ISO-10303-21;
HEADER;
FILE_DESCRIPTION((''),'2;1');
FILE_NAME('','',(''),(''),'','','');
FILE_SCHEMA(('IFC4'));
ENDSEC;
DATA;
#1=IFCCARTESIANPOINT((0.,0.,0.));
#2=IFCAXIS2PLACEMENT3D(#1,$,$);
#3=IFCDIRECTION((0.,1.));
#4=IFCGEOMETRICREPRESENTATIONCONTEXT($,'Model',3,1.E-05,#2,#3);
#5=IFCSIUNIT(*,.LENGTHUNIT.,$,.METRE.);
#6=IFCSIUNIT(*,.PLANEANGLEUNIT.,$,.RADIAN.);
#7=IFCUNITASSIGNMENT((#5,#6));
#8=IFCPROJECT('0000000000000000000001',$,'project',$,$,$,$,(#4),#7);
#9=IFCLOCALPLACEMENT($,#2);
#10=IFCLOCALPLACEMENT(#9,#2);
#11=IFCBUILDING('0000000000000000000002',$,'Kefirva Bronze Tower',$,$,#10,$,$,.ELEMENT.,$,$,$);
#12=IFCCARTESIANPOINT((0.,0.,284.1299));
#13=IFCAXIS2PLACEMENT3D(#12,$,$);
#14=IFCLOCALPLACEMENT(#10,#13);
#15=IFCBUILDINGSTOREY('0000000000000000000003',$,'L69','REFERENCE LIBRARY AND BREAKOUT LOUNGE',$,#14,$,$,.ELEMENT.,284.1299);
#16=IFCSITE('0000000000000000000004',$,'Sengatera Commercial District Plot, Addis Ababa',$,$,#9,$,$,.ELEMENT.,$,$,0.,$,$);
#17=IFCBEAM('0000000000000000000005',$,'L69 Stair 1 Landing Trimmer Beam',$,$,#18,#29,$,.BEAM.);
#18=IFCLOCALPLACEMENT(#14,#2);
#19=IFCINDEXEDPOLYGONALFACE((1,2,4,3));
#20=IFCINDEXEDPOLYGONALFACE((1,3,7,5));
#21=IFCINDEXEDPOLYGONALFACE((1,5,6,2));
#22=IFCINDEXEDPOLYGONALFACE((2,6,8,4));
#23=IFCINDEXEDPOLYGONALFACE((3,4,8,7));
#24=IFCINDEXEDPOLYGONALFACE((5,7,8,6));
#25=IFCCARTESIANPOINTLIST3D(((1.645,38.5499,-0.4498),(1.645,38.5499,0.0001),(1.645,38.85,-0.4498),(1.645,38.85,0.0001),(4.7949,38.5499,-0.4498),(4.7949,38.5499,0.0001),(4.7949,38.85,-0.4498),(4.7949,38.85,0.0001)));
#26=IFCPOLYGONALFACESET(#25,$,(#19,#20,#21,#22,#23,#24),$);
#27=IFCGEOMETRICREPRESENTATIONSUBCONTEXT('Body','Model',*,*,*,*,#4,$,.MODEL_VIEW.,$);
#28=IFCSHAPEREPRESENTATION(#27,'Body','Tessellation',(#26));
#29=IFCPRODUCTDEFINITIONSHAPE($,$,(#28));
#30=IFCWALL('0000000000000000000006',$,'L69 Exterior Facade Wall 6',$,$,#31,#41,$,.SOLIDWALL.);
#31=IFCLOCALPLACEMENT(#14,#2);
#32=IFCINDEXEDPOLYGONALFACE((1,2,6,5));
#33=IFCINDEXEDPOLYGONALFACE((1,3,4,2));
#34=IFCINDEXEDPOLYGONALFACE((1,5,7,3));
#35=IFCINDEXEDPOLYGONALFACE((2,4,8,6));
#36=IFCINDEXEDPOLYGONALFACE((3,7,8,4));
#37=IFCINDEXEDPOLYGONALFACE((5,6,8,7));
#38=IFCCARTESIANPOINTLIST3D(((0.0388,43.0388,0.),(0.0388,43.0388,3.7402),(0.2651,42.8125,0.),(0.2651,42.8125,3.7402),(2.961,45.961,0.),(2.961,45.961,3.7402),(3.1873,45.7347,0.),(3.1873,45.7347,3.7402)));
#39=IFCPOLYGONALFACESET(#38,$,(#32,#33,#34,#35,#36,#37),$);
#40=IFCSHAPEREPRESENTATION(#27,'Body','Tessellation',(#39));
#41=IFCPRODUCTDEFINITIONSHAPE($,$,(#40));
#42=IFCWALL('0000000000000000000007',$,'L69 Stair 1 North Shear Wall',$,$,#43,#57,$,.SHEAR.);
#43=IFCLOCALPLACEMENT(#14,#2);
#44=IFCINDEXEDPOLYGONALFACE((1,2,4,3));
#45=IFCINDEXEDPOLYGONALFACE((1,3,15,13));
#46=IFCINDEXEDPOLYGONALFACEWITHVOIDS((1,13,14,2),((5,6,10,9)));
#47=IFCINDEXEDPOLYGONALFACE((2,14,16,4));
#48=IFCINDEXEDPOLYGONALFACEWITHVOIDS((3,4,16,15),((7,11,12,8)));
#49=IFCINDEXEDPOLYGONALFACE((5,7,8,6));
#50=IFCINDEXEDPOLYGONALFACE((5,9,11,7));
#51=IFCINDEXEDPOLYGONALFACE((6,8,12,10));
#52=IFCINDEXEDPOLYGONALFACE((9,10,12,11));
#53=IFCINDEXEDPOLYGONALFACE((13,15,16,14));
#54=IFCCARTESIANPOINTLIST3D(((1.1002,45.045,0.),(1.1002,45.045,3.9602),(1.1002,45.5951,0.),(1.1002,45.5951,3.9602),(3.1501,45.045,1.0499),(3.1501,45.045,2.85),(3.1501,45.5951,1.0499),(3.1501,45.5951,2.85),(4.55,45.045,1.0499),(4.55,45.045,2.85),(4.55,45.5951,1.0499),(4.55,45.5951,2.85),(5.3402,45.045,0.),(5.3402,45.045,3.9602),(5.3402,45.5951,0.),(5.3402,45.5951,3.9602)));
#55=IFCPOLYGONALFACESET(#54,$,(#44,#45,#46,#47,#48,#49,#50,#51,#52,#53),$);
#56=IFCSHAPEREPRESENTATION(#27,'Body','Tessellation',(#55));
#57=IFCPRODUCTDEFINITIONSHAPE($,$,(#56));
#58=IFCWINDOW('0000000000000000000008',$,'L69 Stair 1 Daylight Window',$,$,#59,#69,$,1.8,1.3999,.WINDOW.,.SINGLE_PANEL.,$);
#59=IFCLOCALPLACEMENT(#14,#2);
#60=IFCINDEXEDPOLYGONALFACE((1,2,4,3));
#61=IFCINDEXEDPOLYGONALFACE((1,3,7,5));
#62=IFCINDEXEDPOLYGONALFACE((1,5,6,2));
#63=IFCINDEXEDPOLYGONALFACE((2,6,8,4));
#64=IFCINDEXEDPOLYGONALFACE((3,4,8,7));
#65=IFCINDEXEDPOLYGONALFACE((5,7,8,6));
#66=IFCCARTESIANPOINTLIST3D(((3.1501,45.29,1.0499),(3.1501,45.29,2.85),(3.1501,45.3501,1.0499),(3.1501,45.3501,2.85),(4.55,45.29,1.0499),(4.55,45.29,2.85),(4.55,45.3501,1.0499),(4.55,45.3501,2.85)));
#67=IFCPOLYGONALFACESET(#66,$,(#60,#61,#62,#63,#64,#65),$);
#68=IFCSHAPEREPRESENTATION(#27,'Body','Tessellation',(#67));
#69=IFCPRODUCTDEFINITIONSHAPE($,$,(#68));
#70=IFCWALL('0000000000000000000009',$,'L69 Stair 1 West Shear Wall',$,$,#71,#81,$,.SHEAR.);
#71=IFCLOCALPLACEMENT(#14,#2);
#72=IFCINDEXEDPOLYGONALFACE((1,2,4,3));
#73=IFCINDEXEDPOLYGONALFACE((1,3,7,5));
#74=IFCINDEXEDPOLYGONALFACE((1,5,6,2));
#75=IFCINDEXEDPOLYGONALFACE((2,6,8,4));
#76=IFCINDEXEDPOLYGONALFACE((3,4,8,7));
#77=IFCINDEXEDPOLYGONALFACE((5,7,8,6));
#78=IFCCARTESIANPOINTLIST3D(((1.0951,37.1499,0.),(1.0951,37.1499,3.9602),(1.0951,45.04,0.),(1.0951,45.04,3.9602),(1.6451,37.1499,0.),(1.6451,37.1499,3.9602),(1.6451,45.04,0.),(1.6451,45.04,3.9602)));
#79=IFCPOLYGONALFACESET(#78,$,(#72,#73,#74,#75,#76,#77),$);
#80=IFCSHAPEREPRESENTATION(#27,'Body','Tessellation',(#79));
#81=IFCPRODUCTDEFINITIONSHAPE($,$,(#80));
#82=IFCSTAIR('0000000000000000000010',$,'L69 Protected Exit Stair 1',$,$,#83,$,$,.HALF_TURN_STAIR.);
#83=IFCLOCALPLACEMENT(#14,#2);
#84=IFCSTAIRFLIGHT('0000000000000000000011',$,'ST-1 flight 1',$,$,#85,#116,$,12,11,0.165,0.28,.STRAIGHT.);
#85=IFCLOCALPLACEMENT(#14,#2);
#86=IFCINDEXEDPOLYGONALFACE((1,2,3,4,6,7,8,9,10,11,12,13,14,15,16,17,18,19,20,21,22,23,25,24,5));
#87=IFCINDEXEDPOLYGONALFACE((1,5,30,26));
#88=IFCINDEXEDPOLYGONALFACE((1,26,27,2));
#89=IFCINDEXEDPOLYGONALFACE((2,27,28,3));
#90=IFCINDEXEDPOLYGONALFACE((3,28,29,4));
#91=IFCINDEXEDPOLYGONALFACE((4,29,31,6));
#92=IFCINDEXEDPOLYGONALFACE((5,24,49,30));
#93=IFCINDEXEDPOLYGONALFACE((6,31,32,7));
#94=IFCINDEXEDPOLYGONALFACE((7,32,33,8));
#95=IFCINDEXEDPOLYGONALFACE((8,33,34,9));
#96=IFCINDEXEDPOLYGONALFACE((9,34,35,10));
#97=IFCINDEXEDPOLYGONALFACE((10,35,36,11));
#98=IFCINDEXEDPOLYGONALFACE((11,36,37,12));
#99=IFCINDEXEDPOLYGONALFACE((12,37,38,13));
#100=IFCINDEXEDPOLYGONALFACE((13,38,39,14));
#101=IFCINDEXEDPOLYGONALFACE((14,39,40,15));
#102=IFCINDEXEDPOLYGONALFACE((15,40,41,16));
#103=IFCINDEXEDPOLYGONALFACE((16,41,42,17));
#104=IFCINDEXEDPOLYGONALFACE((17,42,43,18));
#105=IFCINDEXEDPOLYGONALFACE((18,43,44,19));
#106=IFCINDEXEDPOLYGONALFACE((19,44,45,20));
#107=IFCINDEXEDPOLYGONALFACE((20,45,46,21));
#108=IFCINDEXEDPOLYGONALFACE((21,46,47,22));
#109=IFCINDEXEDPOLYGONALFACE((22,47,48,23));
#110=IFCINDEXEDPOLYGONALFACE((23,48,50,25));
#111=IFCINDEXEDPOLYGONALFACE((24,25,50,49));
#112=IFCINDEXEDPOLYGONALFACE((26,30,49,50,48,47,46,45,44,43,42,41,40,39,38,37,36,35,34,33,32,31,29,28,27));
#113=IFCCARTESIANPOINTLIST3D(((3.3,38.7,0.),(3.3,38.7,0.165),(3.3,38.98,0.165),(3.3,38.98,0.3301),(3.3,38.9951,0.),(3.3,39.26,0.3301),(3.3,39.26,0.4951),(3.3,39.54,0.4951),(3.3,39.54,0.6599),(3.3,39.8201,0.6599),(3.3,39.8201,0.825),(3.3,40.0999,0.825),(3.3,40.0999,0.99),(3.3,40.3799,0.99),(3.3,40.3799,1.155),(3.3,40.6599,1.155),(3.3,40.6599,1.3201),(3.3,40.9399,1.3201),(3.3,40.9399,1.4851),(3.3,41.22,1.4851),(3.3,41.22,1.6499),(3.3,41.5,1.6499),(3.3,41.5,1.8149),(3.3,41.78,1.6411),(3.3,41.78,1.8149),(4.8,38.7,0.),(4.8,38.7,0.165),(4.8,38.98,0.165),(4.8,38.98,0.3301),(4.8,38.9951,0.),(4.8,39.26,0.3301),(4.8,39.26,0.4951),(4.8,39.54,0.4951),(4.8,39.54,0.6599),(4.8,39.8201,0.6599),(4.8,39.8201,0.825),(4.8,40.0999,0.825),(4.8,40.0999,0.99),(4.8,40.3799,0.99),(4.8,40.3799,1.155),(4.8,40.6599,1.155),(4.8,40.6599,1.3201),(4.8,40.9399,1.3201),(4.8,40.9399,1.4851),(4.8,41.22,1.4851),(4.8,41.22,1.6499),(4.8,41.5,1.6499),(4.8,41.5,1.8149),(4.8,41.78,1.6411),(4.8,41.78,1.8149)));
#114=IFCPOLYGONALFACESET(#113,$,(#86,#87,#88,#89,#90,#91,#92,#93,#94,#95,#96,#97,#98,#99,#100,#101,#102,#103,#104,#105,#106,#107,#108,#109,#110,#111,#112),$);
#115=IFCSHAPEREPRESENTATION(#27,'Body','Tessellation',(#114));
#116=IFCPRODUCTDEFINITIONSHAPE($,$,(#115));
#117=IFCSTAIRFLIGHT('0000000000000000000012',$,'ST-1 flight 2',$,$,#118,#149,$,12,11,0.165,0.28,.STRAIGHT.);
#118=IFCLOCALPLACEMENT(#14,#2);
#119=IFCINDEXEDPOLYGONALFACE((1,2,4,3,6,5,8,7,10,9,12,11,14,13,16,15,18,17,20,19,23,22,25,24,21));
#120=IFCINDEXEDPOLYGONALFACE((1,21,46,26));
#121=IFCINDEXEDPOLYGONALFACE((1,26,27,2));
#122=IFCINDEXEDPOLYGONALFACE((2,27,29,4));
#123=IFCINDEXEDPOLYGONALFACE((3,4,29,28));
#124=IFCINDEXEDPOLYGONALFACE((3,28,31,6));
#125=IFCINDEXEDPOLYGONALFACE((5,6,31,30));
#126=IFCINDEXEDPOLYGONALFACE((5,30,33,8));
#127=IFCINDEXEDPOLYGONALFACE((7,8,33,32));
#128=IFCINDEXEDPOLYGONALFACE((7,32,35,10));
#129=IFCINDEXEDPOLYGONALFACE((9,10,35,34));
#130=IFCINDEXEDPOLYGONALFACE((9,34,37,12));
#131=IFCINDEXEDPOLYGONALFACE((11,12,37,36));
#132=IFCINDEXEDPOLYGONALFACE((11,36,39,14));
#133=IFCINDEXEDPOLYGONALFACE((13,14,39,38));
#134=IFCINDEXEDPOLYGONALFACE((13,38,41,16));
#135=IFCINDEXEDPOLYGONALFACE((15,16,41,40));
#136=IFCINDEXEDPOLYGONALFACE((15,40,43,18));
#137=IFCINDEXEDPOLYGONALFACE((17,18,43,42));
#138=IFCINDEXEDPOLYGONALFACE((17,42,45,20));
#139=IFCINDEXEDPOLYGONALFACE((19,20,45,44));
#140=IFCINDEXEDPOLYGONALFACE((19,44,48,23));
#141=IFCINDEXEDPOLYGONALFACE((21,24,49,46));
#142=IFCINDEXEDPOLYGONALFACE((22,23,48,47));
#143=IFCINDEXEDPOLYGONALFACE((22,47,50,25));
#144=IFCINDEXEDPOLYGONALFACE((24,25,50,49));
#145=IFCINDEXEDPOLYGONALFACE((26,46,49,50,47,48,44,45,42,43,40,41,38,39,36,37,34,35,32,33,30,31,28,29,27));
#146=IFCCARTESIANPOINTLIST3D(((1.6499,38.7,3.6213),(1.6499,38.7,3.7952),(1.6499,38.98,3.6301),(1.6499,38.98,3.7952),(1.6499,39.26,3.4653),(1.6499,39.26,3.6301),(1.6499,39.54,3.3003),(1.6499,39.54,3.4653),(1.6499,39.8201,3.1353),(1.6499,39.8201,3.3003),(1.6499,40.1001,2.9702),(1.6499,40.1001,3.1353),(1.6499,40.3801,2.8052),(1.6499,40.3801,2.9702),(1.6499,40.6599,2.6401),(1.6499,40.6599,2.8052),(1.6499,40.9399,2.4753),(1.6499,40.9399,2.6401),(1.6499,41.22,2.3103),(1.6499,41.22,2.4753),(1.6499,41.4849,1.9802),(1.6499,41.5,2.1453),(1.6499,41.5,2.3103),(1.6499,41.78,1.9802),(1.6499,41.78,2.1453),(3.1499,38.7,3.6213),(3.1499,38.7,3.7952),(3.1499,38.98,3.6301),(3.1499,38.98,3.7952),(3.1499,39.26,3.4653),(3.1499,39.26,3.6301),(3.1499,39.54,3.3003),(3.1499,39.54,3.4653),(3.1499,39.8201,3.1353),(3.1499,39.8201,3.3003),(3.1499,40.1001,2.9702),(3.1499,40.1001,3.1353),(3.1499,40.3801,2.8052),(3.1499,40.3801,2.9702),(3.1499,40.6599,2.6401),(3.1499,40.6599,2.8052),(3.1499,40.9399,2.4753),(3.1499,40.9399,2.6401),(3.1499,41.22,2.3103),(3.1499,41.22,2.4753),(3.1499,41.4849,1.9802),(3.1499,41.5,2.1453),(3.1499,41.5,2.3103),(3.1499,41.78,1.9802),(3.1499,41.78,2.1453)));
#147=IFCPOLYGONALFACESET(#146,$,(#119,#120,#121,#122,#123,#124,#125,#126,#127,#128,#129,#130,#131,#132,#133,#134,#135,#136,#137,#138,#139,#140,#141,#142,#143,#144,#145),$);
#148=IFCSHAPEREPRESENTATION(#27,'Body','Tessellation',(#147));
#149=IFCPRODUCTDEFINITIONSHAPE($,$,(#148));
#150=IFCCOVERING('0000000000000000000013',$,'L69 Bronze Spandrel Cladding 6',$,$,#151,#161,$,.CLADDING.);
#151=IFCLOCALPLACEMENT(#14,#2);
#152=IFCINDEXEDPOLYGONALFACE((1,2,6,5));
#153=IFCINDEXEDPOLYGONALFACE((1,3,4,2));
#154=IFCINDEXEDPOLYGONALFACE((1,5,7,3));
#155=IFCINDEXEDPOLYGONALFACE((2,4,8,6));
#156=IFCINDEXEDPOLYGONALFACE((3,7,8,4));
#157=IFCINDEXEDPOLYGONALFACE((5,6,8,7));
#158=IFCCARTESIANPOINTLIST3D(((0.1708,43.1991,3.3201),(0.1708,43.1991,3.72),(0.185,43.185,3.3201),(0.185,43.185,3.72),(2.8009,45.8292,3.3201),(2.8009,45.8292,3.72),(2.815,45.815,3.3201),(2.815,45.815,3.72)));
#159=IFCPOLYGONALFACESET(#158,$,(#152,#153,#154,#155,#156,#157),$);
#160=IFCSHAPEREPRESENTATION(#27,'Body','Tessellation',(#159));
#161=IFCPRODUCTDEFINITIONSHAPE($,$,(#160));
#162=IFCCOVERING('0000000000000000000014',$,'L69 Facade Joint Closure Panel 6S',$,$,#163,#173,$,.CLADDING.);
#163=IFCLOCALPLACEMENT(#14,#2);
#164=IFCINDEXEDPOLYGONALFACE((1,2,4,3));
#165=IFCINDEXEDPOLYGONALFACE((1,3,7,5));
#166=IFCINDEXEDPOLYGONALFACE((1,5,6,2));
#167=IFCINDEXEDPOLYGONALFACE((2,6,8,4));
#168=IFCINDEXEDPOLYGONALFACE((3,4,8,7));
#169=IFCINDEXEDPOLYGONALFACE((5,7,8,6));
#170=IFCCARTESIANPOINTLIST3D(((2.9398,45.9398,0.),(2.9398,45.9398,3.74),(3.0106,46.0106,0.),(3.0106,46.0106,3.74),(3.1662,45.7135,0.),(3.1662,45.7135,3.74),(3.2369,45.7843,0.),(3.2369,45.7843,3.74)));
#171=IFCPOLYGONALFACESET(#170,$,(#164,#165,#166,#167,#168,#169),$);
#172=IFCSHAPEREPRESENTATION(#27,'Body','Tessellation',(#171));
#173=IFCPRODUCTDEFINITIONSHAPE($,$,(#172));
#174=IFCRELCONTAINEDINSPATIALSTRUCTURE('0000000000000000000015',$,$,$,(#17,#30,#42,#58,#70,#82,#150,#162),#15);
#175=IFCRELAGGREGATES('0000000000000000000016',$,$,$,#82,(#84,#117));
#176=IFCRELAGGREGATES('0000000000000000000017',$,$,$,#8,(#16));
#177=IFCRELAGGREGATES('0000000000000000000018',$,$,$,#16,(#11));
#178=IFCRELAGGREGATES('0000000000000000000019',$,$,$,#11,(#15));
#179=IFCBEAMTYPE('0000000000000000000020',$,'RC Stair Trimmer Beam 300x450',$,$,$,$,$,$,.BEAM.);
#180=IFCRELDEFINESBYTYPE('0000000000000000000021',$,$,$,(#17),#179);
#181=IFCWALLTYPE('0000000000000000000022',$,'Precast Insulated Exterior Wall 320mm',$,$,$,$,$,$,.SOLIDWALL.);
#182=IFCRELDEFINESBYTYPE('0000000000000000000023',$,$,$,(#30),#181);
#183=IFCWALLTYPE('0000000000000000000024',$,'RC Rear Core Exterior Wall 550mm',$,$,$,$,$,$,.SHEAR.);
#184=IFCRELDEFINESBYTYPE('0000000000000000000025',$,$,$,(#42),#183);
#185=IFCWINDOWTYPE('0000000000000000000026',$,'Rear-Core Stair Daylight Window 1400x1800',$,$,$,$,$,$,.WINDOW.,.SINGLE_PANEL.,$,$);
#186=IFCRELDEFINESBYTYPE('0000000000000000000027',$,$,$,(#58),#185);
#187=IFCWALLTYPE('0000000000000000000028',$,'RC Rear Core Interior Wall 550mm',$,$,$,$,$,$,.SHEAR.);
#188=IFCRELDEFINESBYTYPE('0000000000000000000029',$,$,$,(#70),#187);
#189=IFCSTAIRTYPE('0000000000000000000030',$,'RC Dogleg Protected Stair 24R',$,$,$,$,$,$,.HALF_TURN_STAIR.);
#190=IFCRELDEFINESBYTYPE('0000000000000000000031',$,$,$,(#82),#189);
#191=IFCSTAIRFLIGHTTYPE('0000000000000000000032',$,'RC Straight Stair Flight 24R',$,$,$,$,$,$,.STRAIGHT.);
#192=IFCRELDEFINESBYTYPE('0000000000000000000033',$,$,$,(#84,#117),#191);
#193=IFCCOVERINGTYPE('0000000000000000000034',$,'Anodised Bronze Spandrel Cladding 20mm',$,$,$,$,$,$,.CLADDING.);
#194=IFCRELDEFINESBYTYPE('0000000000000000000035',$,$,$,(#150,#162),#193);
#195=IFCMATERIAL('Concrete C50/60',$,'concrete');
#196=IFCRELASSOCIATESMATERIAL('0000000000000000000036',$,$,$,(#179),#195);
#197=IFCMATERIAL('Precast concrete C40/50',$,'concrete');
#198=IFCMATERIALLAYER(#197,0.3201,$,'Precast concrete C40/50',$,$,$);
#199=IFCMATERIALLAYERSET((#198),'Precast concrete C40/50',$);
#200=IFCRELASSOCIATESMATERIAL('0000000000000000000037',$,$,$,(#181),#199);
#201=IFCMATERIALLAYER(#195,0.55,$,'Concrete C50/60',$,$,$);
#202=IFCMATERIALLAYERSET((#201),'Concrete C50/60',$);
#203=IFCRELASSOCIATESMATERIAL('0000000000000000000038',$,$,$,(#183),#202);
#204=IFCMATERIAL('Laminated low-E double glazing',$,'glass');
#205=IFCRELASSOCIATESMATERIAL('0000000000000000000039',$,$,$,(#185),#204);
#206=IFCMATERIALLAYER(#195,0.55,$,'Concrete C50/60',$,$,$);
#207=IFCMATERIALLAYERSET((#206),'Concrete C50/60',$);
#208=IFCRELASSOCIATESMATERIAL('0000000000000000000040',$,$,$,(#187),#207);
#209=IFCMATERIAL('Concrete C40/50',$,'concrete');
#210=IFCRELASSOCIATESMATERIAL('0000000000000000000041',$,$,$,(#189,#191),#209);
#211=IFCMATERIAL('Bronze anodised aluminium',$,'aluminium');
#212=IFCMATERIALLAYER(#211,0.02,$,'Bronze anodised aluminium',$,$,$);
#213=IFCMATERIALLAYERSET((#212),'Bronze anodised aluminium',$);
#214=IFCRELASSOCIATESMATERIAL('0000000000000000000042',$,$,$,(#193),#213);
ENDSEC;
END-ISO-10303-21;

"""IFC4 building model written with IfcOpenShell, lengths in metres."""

from ifc_helpers import new_model, si_unit, direction, frame, frame_2d, origin, origin_2d, place, context, subcontext, project, spatial, polyline, rectangle, outline, extrude, material, layer, layer_set, material_profile, profile_set, type_object, element, fill, aggregate, save


model = new_model("IFC4")

# Units and contexts
model_context = context("Model", 3, precision=1e-05, world=origin(), true_north=direction((0.0, 1.0)))
body_context = subcontext(model_context, "Body", "Model", "MODEL_VIEW")
ifc_project = project(units=[si_unit("LENGTHUNIT", "METRE"), si_unit("PLANEANGLEUNIT", "RADIAN")], contexts=[model_context])

# Site, building, storey
site_placement = place(None, origin())
site = spatial("IfcSite", under=ifc_project, at=site_placement, Name="Sengatera Commercial District Plot, Addis Ababa", CompositionType="ELEMENT", RefElevation=0.0)
building_placement = place(site_placement, origin())
building = spatial("IfcBuilding", under=site, at=building_placement, Name="Kefirva Bronze Tower", CompositionType="ELEMENT")
storey_placement = place(building_placement, frame((0.0, 0.0, 284.1299)))
storey = spatial("IfcBuildingStorey", under=building, at=storey_placement, Name="L69", Description="REFERENCE LIBRARY AND BREAKOUT LOUNGE", CompositionType="ELEMENT", Elevation=284.1299)

# Beam
ifc_material_1 = material(Name="Concrete C50/60", Category="concrete")
ifc_material_profile = material_profile(ifc_material_1, rectangle(XDim=0.3, YDim=0.45, at=origin_2d()), Name="RC 300x450")
ifc_profile_set = profile_set([ifc_material_profile], Name="Concrete C50/60")
beam_type = type_object("IfcBeamType", Name="RC Stair Trimmer Beam 300x450", PredefinedType="BEAM", material=ifc_profile_set)
beam_placement = place(storey_placement, frame((1.645, 38.7, -0.2249), z_axis=(1.0, 0.0, 0.0), x_axis=(0.0, 1.0, 0.0)))
element("IfcBeam", 1, at=beam_placement, inside=storey, type_object=beam_type, Name="L69 Stair 1 Landing Trimmer Beam", PredefinedType="BEAM", context=body_context, shape_type="SweptSolid", body=[
    extrude(rectangle(XDim=0.3, YDim=0.45, at=origin_2d()), origin(), (0.0, 0.0, 1.0), 3.1499),
])

# Wall
ifc_material_2 = material(Name="Precast concrete C40/50", Category="concrete")
ifc_layer_1 = layer(ifc_material_2, 0.3201, Name="Precast concrete C40/50")
ifc_layer_set_1 = layer_set([ifc_layer_1], Name="Precast concrete C40/50")
wall_type_1 = type_object("IfcWallType", Name="Precast Insulated Exterior Wall 320mm", PredefinedType="SOLIDWALL", material=ifc_layer_set_1)
wall_1_placement = place(storey_placement, frame((3.0742, 45.8479, 0.0), z_axis=(0.0, 0.0, 1.0), x_axis=(-0.707107, -0.707107, 0.0)))
element("IfcWall", 2, at=wall_1_placement, inside=storey, type_object=wall_type_1, Name="L69 Exterior Facade Wall 6", PredefinedType="SOLIDWALL", context=body_context, shape_type="SweptSolid", body=[
    extrude(rectangle(XDim=4.1326, YDim=0.3201, at=frame_2d((2.0664, 0.0))), origin(), (0.0, 0.0, 1.0), 3.7402),
])

# Wall, opening, window
ifc_layer_2 = layer(ifc_material_1, 0.55, Name="Concrete C50/60")
ifc_layer_set_2 = layer_set([ifc_layer_2], Name="Concrete C50/60")
wall_type_2 = type_object("IfcWallType", Name="RC Rear Core Exterior Wall 550mm", PredefinedType="SHEAR", material=ifc_layer_set_2)
wall_2_placement = place(storey_placement, frame((1.1001, 45.3201, 0.0), z_axis=(0.0, 0.0, 1.0), x_axis=(1.0, 0.0, 0.0)))
wall_2 = element("IfcWall", 3, at=wall_2_placement, inside=storey, type_object=wall_type_2, Name="L69 Stair 1 North Shear Wall", PredefinedType="SHEAR", context=body_context, shape_type="SweptSolid", body=[
    extrude(rectangle(XDim=4.24, YDim=0.55, at=frame_2d((2.1201, 0.0))), origin(), (0.0, 0.0, 1.0), 3.9602),
])
opening_1_placement = place(wall_2_placement, frame((2.05, 0.0, 1.05)))
opening_1 = element("IfcOpeningElement", 4, at=opening_1_placement, cuts=wall_2, PredefinedType="OPENING", context=body_context, shape_type="SweptSolid", body=[
    extrude(rectangle(XDim=1.3999, YDim=1.8, at=frame_2d((0.7, 0.8999))), frame((0.0, 0.2852, 0.0), z_axis=(0.0, -1.0, 0.0), x_axis=(1.0, 0.0, 0.0)), (0.0, 0.0, 1.0), 0.5701),
])
ifc_material_3 = material(Name="Laminated low-E double glazing", Category="glass")
window_type = type_object("IfcWindowType", Name="Rear-Core Stair Daylight Window 1400x1800", PartitioningType="SINGLE_PANEL", PredefinedType="WINDOW", material=ifc_material_3)
window_placement = place(opening_1_placement, origin())
window = element("IfcWindow", 5, at=window_placement, inside=storey, type_object=window_type, Name="L69 Stair 1 Daylight Window", OverallHeight=1.8, OverallWidth=1.3999, PartitioningType="SINGLE_PANEL", PredefinedType="WINDOW", context=body_context, shape_type="SweptSolid", body=[
    extrude(rectangle(XDim=1.3999, YDim=1.8, at=frame_2d((0.7, 0.8999))), frame((0.0, 0.03, 0.0), z_axis=(0.0, -1.0, 0.0), x_axis=(1.0, 0.0, 0.0)), (0.0, 0.0, 1.0), 0.0601),
])
fill(opening_1, window)

# Wall
ifc_layer_3 = layer(ifc_material_1, 0.55, Name="Concrete C50/60")
ifc_layer_set_3 = layer_set([ifc_layer_3], Name="Concrete C50/60")
wall_type_3 = type_object("IfcWallType", Name="RC Rear Core Interior Wall 550mm", PredefinedType="SHEAR", material=ifc_layer_set_3)
wall_3_placement = place(storey_placement, frame((1.3701, 37.1499, 0.0), z_axis=(0.0, 0.0, 1.0), x_axis=(0.0, 1.0, 0.0)))
element("IfcWall", 6, at=wall_3_placement, inside=storey, type_object=wall_type_3, Name="L69 Stair 1 West Shear Wall", PredefinedType="SHEAR", context=body_context, shape_type="SweptSolid", body=[
    extrude(rectangle(XDim=7.8901, YDim=0.55, at=frame_2d((3.9451, 0.0))), origin(), (0.0, 0.0, 1.0), 3.9602),
])

# Stair, stair flights
ifc_material_4 = material(Name="Concrete C40/50", Category="concrete")
stair_type = type_object("IfcStairType", Name="RC Dogleg Protected Stair 24R", PredefinedType="HALF_TURN_STAIR", material=ifc_material_4)
stair_placement = place(storey_placement, origin())
stair = element("IfcStair", 7, at=stair_placement, inside=storey, type_object=stair_type, Name="L69 Protected Exit Stair 1", PredefinedType="HALF_TURN_STAIR")
stair_flight_type = type_object("IfcStairFlightType", Name="RC Straight Stair Flight 24R", PredefinedType="STRAIGHT", material=ifc_material_4)
stair_flight_1_placement = place(storey_placement, frame((4.05, 38.7, 0.0), z_axis=(0.0, 0.0, 1.0), x_axis=(0.0, 1.0, 0.0)))
stair_flight_1 = element("IfcStairFlight", 8, at=stair_flight_1_placement, type_object=stair_flight_type, Name="ST-1 flight 1", NumberOfRisers=12, NumberOfTreads=11, PredefinedType="STRAIGHT", RiserHeight=0.165, TreadLength=0.28, context=body_context, shape_type="SweptSolid", body=[
    extrude(outline(polyline([(0.0, 0.0), (0.0, 0.165), (0.28, 0.165), (0.28, 0.3301), (0.5601, 0.3301), (0.5601, 0.4951), (0.8401, 0.4951), (0.8401, 0.6599), (1.1201, 0.6599), (1.1201, 0.825), (1.3999, 0.825), (1.3999, 0.99), (1.6799, 0.99), (1.6799, 1.155), (1.96, 1.155), (1.96, 1.3201), (2.24, 1.3201), (2.24, 1.4851), (2.52, 1.4851), (2.52, 1.6499), (2.8, 1.6499), (2.8, 1.8149), (3.0801, 1.8149), (3.0801, 1.98), (3.0801, 1.6411), (0.2952, 0.0), (0.0, 0.0)])), frame((0.0, 0.75, 0.0), z_axis=(0.0, -1.0, 0.0), x_axis=(1.0, 0.0, 0.0)), (0.0, 0.0, 1.0), 1.5),
])
stair_flight_2_placement = place(storey_placement, frame((2.3999, 41.78, 1.9802), z_axis=(0.0, 0.0, 1.0), x_axis=(0.0, -1.0, 0.0)))
stair_flight_2 = element("IfcStairFlight", 9, at=stair_flight_2_placement, type_object=stair_flight_type, Name="ST-1 flight 2", NumberOfRisers=12, NumberOfTreads=11, PredefinedType="STRAIGHT", RiserHeight=0.165, TreadLength=0.28, context=body_context, shape_type="SweptSolid", body=[
    extrude(outline(polyline([(0.0, 0.0), (0.0, 0.165), (0.28, 0.165), (0.28, 0.3301), (0.5601, 0.3301), (0.5601, 0.4951), (0.8401, 0.4951), (0.8401, 0.6599), (1.1201, 0.6599), (1.1201, 0.825), (1.3999, 0.825), (1.3999, 0.99), (1.6799, 0.99), (1.6799, 1.155), (1.96, 1.155), (1.96, 1.3201), (2.24, 1.3201), (2.24, 1.4851), (2.52, 1.4851), (2.52, 1.6499), (2.8, 1.6499), (2.8, 1.8149), (3.0801, 1.8149), (3.0801, 1.98), (3.0801, 1.6411), (0.2952, 0.0), (0.0, 0.0)])), frame((0.0, 0.75, 0.0), z_axis=(0.0, -1.0, 0.0), x_axis=(1.0, 0.0, 0.0)), (0.0, 0.0, 1.0), 1.5),
])
aggregate(stair, [stair_flight_1, stair_flight_2])

# Coverings
ifc_material_5 = material(Name="Bronze anodised aluminium", Category="aluminium")
ifc_layer_4 = layer(ifc_material_5, 0.02, Name="Bronze anodised aluminium")
ifc_layer_set_4 = layer_set([ifc_layer_4], Name="Bronze anodised aluminium")
covering_type_1 = type_object("IfcCoveringType", Name="Anodised Bronze Spandrel Cladding 20mm", PredefinedType="CLADDING", material=ifc_layer_set_4)
covering_1_placement = place(storey_placement, frame((1.4929, 44.5071, 3.3201), z_axis=(0.0, 0.0, 1.0), x_axis=(-0.707107, -0.707107, 0.0)))
element("IfcCovering", 10, at=covering_1_placement, inside=storey, type_object=covering_type_1, Name="L69 Bronze Spandrel Cladding 6", PredefinedType="CLADDING", context=body_context, shape_type="SweptSolid", body=[
    extrude(rectangle(XDim=3.7195, YDim=0.02, at=origin_2d()), origin(), (0.0, 0.0, 1.0), 0.3999),
])
for number, where, z_axis, x_axis, name in (
    (11, (3.0884, 45.8621, 0.0), (0.0, 0.0, 1.0), (-0.707107, -0.707107, 0.0), "L69 Facade Joint Closure Panel 6S"),
):
    element("IfcCovering", number, at=place(storey_placement, frame(where, z_axis=z_axis, x_axis=x_axis)), inside=storey, type_object=covering_type_1, Name=name, PredefinedType="CLADDING", context=body_context, shape_type="SweptSolid", body=[
        extrude(rectangle(XDim=0.1001, YDim=0.3201, at=origin_2d()), origin(), (0.0, 0.0, 1.0), 3.74),
    ])

save(model, "model.ifc")
